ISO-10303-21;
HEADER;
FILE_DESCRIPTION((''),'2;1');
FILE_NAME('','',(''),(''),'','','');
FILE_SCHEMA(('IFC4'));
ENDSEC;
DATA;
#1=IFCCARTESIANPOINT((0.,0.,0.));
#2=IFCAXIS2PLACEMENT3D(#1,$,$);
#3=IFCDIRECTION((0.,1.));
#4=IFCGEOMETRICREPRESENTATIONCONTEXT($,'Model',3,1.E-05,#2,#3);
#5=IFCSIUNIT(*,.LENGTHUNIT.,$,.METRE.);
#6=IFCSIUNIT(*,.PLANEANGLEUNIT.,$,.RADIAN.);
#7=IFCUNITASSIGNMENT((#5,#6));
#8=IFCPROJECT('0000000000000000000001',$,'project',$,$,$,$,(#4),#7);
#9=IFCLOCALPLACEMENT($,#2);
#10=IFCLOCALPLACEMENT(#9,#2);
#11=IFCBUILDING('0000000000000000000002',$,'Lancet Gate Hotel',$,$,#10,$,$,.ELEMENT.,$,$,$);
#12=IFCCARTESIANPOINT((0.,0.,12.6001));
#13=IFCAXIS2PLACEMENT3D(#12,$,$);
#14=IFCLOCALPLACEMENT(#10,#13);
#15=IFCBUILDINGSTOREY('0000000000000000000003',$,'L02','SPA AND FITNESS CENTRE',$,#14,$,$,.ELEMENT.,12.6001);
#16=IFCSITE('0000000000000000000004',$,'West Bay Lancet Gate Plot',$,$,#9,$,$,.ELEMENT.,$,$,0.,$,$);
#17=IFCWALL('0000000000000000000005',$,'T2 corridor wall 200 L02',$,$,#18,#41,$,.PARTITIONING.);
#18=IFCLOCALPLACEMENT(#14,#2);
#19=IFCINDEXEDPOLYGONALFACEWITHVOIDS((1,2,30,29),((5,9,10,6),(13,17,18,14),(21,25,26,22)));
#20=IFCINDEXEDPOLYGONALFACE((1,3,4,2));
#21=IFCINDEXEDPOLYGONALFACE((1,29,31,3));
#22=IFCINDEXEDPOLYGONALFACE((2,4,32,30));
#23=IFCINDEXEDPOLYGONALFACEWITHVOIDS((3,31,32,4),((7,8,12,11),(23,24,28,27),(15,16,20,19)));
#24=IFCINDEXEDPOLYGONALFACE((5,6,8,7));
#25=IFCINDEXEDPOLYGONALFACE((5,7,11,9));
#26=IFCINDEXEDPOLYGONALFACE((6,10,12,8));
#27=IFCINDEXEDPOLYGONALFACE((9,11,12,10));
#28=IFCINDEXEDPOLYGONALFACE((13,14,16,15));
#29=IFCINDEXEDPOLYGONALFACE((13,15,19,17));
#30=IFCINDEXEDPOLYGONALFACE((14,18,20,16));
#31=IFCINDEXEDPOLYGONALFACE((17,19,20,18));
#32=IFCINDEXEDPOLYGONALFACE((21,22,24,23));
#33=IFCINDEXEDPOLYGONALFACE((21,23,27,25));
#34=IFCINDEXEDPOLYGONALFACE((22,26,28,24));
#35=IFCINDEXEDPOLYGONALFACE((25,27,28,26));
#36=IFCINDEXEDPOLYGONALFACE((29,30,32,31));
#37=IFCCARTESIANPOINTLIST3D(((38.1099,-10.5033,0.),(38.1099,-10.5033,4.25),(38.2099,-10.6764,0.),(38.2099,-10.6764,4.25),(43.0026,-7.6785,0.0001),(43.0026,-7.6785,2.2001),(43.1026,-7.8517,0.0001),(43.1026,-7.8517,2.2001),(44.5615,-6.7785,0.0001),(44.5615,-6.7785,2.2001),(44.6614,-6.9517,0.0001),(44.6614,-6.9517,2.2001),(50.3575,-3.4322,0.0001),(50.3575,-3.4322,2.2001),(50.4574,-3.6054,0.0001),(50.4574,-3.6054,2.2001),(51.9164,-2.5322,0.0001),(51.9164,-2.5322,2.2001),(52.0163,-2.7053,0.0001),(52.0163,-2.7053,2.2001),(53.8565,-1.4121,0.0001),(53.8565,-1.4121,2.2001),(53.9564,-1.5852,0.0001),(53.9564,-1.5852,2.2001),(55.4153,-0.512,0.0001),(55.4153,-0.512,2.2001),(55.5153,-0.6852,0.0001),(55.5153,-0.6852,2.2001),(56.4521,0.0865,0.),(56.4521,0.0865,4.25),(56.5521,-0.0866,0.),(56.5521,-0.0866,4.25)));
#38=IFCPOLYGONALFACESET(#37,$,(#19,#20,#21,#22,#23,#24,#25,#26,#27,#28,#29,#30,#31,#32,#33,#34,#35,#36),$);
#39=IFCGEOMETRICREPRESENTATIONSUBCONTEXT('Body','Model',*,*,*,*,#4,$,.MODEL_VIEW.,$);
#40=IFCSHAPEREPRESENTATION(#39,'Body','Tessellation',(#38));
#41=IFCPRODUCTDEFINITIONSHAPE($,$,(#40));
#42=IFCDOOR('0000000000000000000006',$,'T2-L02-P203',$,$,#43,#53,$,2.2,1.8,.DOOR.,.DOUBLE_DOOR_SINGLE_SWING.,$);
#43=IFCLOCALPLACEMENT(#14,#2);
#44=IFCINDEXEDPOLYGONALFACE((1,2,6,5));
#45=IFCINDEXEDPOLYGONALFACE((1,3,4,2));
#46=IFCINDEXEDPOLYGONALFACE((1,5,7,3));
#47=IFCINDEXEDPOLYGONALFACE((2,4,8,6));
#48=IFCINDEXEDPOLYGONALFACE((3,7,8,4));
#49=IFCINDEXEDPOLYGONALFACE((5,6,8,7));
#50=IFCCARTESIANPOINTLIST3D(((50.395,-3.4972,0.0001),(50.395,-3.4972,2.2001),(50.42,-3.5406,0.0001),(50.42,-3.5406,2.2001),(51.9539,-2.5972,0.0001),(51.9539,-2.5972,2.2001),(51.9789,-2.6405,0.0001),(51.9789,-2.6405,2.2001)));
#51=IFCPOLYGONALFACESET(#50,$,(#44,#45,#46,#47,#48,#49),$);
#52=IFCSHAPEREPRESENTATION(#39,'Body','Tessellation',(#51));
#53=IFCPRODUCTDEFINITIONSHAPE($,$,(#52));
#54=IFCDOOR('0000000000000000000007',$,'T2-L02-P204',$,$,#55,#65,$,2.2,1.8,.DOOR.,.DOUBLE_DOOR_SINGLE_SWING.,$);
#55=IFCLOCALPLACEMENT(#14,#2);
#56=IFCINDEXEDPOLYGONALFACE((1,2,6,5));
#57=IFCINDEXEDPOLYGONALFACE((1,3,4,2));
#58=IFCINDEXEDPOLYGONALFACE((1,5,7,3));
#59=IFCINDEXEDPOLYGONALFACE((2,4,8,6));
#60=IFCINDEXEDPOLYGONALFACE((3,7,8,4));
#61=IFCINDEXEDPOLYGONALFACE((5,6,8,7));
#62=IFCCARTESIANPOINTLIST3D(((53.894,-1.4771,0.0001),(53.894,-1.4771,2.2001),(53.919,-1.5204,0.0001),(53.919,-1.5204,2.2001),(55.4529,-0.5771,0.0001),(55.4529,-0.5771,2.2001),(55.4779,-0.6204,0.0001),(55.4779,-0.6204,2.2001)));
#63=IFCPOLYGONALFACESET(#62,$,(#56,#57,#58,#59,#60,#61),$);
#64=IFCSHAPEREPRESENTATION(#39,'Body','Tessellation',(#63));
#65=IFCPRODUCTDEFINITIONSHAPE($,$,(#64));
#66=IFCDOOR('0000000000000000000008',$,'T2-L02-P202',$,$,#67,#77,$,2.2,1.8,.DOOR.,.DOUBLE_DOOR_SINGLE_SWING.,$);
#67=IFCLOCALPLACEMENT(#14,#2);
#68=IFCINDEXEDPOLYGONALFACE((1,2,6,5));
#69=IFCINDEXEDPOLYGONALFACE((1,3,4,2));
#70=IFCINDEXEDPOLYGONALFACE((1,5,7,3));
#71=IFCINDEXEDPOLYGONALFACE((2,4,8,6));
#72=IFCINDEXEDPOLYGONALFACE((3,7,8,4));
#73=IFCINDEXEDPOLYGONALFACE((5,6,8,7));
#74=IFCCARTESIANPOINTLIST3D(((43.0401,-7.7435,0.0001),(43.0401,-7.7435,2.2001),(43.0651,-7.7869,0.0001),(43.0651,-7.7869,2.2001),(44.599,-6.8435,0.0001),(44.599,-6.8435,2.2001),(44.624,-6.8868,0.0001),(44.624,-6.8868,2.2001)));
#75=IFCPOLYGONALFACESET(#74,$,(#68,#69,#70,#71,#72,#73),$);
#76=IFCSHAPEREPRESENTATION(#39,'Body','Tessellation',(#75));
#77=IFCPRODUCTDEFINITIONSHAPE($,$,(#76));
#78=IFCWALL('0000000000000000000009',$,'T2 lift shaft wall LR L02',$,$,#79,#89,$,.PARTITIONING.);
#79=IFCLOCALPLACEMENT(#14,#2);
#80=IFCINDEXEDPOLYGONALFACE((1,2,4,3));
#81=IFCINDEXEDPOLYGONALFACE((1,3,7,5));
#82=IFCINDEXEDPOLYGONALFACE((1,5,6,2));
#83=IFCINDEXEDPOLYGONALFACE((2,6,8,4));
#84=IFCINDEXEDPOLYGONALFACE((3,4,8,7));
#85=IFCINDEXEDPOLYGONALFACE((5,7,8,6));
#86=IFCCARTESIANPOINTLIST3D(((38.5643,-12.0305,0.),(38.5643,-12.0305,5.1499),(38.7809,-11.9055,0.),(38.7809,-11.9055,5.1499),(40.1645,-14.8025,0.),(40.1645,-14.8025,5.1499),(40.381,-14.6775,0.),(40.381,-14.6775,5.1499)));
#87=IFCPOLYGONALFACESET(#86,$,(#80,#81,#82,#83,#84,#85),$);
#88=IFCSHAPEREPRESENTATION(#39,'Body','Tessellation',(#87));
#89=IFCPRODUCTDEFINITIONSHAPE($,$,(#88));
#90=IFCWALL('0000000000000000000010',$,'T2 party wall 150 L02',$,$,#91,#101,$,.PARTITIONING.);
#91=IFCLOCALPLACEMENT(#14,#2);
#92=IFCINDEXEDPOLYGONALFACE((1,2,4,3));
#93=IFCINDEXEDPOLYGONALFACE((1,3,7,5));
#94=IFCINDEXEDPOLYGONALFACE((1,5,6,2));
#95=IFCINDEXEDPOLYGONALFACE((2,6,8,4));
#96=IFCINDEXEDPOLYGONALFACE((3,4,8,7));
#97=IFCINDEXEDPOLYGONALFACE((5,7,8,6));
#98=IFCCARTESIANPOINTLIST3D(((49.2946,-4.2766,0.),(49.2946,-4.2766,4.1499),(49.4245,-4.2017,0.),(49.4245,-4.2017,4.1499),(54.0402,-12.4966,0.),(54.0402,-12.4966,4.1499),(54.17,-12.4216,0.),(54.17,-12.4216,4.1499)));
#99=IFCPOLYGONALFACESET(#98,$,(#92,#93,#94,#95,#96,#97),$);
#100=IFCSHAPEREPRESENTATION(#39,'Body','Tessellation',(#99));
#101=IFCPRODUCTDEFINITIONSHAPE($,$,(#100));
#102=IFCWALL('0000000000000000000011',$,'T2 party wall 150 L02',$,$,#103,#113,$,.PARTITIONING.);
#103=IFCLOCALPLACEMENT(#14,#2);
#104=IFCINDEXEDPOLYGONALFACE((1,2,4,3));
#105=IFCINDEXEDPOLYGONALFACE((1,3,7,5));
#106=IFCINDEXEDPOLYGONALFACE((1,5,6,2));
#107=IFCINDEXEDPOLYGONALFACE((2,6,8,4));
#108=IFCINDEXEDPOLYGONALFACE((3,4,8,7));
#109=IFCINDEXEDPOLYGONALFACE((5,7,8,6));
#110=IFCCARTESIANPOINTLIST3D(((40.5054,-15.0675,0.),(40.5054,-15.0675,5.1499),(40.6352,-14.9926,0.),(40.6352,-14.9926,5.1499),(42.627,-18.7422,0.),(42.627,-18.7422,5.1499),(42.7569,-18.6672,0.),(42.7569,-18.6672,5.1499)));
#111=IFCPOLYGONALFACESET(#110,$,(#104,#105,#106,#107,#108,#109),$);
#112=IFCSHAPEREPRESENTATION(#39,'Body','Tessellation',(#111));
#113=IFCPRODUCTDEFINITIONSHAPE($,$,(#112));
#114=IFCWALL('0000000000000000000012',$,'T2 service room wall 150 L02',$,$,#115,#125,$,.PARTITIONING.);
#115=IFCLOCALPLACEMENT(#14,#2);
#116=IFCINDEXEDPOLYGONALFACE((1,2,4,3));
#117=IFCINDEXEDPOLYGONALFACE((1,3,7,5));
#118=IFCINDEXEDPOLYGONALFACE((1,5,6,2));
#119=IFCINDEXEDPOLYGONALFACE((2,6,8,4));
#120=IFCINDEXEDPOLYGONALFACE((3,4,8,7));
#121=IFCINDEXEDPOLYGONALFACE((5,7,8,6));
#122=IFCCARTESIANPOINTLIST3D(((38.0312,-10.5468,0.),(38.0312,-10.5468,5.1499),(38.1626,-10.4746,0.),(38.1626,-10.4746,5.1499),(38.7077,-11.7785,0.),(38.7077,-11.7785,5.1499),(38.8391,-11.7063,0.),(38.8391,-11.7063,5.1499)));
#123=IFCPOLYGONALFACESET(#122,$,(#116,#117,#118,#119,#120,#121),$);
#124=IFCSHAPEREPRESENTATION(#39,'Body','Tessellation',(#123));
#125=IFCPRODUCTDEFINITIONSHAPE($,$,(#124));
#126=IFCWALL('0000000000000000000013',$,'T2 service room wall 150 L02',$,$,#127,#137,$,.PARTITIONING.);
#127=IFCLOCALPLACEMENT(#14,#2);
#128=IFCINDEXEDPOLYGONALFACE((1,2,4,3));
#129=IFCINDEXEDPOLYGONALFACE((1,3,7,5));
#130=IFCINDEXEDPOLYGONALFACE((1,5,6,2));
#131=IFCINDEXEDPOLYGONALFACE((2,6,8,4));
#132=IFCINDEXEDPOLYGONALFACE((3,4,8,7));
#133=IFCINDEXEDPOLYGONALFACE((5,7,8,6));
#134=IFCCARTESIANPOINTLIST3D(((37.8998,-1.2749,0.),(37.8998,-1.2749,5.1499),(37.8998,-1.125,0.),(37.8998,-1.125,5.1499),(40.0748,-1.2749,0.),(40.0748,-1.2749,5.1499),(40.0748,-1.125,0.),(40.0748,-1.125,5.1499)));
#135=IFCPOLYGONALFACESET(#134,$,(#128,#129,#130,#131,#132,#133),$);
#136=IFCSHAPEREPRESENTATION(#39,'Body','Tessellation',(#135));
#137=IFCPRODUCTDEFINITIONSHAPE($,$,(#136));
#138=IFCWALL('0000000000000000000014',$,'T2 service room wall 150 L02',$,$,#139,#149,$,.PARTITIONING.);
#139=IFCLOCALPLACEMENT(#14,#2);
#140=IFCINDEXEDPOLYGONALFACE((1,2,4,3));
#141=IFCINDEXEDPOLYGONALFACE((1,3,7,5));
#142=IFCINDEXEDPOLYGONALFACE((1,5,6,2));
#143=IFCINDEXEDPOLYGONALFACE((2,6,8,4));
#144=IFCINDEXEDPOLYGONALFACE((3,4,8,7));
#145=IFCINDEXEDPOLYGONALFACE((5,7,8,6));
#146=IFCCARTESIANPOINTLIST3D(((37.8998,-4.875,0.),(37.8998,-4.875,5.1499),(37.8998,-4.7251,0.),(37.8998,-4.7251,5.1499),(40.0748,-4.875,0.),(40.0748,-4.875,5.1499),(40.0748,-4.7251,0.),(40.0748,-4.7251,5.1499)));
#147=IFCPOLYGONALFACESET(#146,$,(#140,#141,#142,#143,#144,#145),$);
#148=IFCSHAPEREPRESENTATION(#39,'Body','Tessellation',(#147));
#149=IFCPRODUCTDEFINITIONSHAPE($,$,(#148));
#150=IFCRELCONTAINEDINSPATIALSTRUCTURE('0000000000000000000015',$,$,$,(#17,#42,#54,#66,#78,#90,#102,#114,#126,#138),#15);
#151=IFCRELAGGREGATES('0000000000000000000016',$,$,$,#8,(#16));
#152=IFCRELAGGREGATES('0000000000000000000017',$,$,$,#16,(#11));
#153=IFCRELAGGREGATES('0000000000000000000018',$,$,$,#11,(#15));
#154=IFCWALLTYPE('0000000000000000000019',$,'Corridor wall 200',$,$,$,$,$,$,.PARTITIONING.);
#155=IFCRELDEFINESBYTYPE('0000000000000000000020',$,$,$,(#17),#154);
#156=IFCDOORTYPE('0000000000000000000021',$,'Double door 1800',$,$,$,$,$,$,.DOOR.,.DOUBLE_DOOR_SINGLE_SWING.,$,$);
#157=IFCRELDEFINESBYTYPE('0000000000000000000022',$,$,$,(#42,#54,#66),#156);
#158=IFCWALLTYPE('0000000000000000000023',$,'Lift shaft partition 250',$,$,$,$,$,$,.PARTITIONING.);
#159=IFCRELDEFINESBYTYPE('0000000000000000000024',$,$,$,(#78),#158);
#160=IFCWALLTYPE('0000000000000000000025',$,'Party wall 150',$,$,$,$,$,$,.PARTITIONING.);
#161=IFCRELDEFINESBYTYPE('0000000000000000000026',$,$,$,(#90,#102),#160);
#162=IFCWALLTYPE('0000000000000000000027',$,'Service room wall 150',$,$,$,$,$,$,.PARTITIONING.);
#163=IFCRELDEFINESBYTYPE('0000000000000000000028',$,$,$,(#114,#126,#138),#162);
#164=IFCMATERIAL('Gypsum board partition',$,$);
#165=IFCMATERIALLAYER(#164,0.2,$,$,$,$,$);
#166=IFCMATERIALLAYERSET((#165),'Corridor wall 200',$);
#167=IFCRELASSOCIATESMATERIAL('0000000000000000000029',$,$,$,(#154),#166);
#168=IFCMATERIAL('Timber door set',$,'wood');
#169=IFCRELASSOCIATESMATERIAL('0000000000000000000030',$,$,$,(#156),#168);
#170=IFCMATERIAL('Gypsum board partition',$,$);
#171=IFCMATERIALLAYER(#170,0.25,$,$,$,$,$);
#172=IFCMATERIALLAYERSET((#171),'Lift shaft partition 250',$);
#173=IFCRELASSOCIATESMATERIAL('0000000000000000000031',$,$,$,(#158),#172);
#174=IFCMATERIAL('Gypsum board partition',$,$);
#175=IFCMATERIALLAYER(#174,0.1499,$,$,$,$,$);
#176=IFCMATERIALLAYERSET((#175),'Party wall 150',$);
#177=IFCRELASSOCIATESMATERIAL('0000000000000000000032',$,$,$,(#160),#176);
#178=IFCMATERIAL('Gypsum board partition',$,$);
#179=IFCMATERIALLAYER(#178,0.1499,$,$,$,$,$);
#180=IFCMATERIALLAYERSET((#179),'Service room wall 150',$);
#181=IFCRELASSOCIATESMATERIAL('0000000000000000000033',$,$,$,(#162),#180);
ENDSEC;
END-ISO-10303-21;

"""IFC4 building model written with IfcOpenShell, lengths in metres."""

from ifc_helpers import new_model, si_unit, direction, frame, frame_2d, origin, place, context, subcontext, project, spatial, rectangle, extrude, material, layer, layer_set, type_object, element, fill, save


model = new_model("IFC4")

# Units and contexts
model_context = context("Model", 3, precision=1e-05, world=origin(), true_north=direction((0.0, 1.0)))
body_context = subcontext(model_context, "Body", "Model", "MODEL_VIEW")
ifc_project = project(units=[si_unit("LENGTHUNIT", "METRE"), si_unit("PLANEANGLEUNIT", "RADIAN")], contexts=[model_context])

# Site, building, storey
site_placement = place(None, origin())
site = spatial("IfcSite", under=ifc_project, at=site_placement, Name="West Bay Lancet Gate Plot", CompositionType="ELEMENT", RefElevation=0.0)
building_placement = place(site_placement, origin())
building = spatial("IfcBuilding", under=site, at=building_placement, Name="Lancet Gate Hotel", CompositionType="ELEMENT")
storey_placement = place(building_placement, frame((0.0, 0.0, 12.6001)))
storey = spatial("IfcBuildingStorey", under=building, at=storey_placement, Name="L02", Description="SPA AND FITNESS CENTRE", CompositionType="ELEMENT", Elevation=12.6001)

# Wall, openings, doors
ifc_material_1 = material(Name="Gypsum board partition")
ifc_layer_1 = layer(ifc_material_1, 0.2)
ifc_layer_set_1 = layer_set([ifc_layer_1], Name="Corridor wall 200")
wall_type_1 = type_object("IfcWallType", Name="Corridor wall 200", PredefinedType="PARTITIONING", material=ifc_layer_set_1)
wall_1_placement = place(storey_placement, frame((38.1599, -10.5898, 0.0), z_axis=(0.0, 0.0, 1.0), x_axis=(0.866027, 0.499997, 0.0)))
wall_1 = element("IfcWall", 1, at=wall_1_placement, inside=storey, type_object=wall_type_1, Name="T2 corridor wall 200 L02", PredefinedType="PARTITIONING", context=body_context, shape_type="SweptSolid", body=[
    extrude(rectangle(XDim=21.1797, YDim=0.2, at=frame_2d((10.5898, 0.0))), origin(), (0.0, 0.0, 1.0), 4.25),
])
opening_1_placement = place(wall_1_placement, frame((14.1423, 0.0, 0.0)))
opening_1 = element("IfcOpeningElement", 2, at=opening_1_placement, cuts=wall_1, PredefinedType="OPENING", context=body_context, shape_type="SweptSolid", body=[
    extrude(rectangle(XDim=1.8, YDim=2.2, at=frame_2d((0.8999, 1.1001))), frame((0.0, 0.1099, 0.0), z_axis=(0.0, -1.0, 0.0), x_axis=(1.0, 0.0, 0.0)), (0.0, 0.0, 1.0), 0.22),
])
opening_2_placement = place(wall_1_placement, frame((18.1826, 0.0, 0.0)))
opening_2 = element("IfcOpeningElement", 3, at=opening_2_placement, cuts=wall_1, PredefinedType="OPENING", context=body_context, shape_type="SweptSolid", body=[
    extrude(rectangle(XDim=1.8, YDim=2.2, at=frame_2d((0.8999, 1.1001))), frame((0.0, 0.1099, 0.0), z_axis=(0.0, -1.0, 0.0), x_axis=(1.0, 0.0, 0.0)), (0.0, 0.0, 1.0), 0.22),
])
opening_3_placement = place(wall_1_placement, frame((5.6497, 0.0, 0.0)))
opening_3 = element("IfcOpeningElement", 4, at=opening_3_placement, cuts=wall_1, PredefinedType="OPENING", context=body_context, shape_type="SweptSolid", body=[
    extrude(rectangle(XDim=1.8, YDim=2.2, at=frame_2d((0.8999, 1.1001))), frame((0.0, 0.1099, 0.0), z_axis=(0.0, -1.0, 0.0), x_axis=(1.0, 0.0, 0.0)), (0.0, 0.0, 1.0), 0.22),
])
ifc_material_2 = material(Name="Timber door set", Category="wood")
door_type_1 = type_object("IfcDoorType", Name="Double door 1800", OperationType="DOUBLE_DOOR_SINGLE_SWING", PredefinedType="DOOR", material=ifc_material_2)
door_1_placement = place(opening_1_placement, origin())
door_1 = element("IfcDoor", 5, at=door_1_placement, inside=storey, type_object=door_type_1, Name="T2-L02-P203", OperationType="DOUBLE_DOOR_SINGLE_SWING", OverallHeight=2.2, OverallWidth=1.8, PredefinedType="DOOR", context=body_context, shape_type="SweptSolid", body=[
    extrude(rectangle(XDim=1.8, YDim=2.2, at=frame_2d((0.8999, 1.1001))), frame((0.0, 0.0249, 0.0), z_axis=(0.0, -1.0, 0.0), x_axis=(1.0, 0.0, 0.0)), (0.0, 0.0, 1.0), 0.05),
])
fill(opening_1, door_1)
door_2_placement = place(opening_2_placement, origin())
door_2 = element("IfcDoor", 6, at=door_2_placement, inside=storey, type_object=door_type_1, Name="T2-L02-P204", OperationType="DOUBLE_DOOR_SINGLE_SWING", OverallHeight=2.2, OverallWidth=1.8, PredefinedType="DOOR", context=body_context, shape_type="SweptSolid", body=[
    extrude(rectangle(XDim=1.8, YDim=2.2, at=frame_2d((0.8999, 1.1001))), frame((0.0, 0.0249, 0.0), z_axis=(0.0, -1.0, 0.0), x_axis=(1.0, 0.0, 0.0)), (0.0, 0.0, 1.0), 0.05),
])
fill(opening_2, door_2)
door_3_placement = place(opening_3_placement, origin())
door_3 = element("IfcDoor", 7, at=door_3_placement, inside=storey, type_object=door_type_1, Name="T2-L02-P202", OperationType="DOUBLE_DOOR_SINGLE_SWING", OverallHeight=2.2, OverallWidth=1.8, PredefinedType="DOOR", context=body_context, shape_type="SweptSolid", body=[
    extrude(rectangle(XDim=1.8, YDim=2.2, at=frame_2d((0.8999, 1.1001))), frame((0.0, 0.0249, 0.0), z_axis=(0.0, -1.0, 0.0), x_axis=(1.0, 0.0, 0.0)), (0.0, 0.0, 1.0), 0.05),
])
fill(opening_3, door_3)

# Walls
ifc_material_3 = material(Name="Gypsum board partition")
ifc_layer_2 = layer(ifc_material_3, 0.25)
ifc_layer_set_2 = layer_set([ifc_layer_2], Name="Lift shaft partition 250")
wall_type_2 = type_object("IfcWallType", Name="Lift shaft partition 250", PredefinedType="PARTITIONING", material=ifc_layer_set_2)
wall_2_placement = place(storey_placement, frame((38.6726, -11.968, 0.0), z_axis=(0.0, 0.0, 1.0), x_axis=(0.499929, -0.866066, 0.0)))
element("IfcWall", 8, at=wall_2_placement, inside=storey, type_object=wall_type_2, Name="T2 lift shaft wall LR L02", PredefinedType="PARTITIONING", context=body_context, shape_type="SweptSolid", body=[
    extrude(rectangle(XDim=3.2007, YDim=0.25, at=frame_2d((1.6003, 0.0))), origin(), (0.0, 0.0, 1.0), 5.1499),
])
ifc_material_4 = material(Name="Gypsum board partition")
ifc_layer_3 = layer(ifc_material_4, 0.1499)
ifc_layer_set_3 = layer_set([ifc_layer_3], Name="Party wall 150")
wall_type_3 = type_object("IfcWallType", Name="Party wall 150", PredefinedType="PARTITIONING", material=ifc_layer_set_3)
wall_3_placement = place(storey_placement, frame((49.3596, -4.2393, 0.0), z_axis=(0.0, 0.0, 1.0), x_axis=(0.499984, -0.866034, 0.0)))
element("IfcWall", 9, at=wall_3_placement, inside=storey, type_object=wall_type_3, Name="T2 party wall 150 L02", PredefinedType="PARTITIONING", context=body_context, shape_type="SweptSolid", body=[
    extrude(rectangle(XDim=9.4915, YDim=0.1499, at=frame_2d((4.7456, 0.0))), origin(), (0.0, 0.0, 1.0), 4.1499),
])
wall_4_placement = place(storey_placement, frame((40.5703, -15.03, 0.0), z_axis=(0.0, 0.0, 1.0), x_axis=(0.500013, -0.866018, 0.0)))
element("IfcWall", 10, at=wall_4_placement, inside=storey, type_object=wall_type_3, Name="T2 party wall 150 L02", PredefinedType="PARTITIONING", context=body_context, shape_type="SweptSolid", body=[
    extrude(rectangle(XDim=4.2432, YDim=0.1499, at=frame_2d((2.1216, 0.0))), origin(), (0.0, 0.0, 1.0), 5.1499),
])
ifc_material_5 = material(Name="Gypsum board partition")
ifc_layer_4 = layer(ifc_material_5, 0.1499)
ifc_layer_set_4 = layer_set([ifc_layer_4], Name="Service room wall 150")
wall_type_4 = type_object("IfcWallType", Name="Service room wall 150", PredefinedType="PARTITIONING", material=ifc_layer_set_4)
wall_5_placement = place(storey_placement, frame((38.7734, -11.7424, 0.0), z_axis=(0.0, 0.0, 1.0), x_axis=(-0.481418, 0.876491, 0.0)))
element("IfcWall", 11, at=wall_5_placement, inside=storey, type_object=wall_type_4, Name="T2 service room wall 150 L02", PredefinedType="PARTITIONING", context=body_context, shape_type="SweptSolid", body=[
    extrude(rectangle(XDim=1.4053, YDim=0.1499, at=frame_2d((0.7026, 0.0))), origin(), (0.0, 0.0, 1.0), 5.1499),
])
for number, where, z_axis, x_axis, name in (
    (12, (37.8999, -1.2, 0.0), (0.0, 0.0, 1.0), (1.0, 0.0, 0.0), "T2 service room wall 150 L02"),
    (13, (37.8999, -4.8, 0.0), (0.0, 0.0, 1.0), (1.0, 0.0, 0.0), "T2 service room wall 150 L02"),
):
    element("IfcWall", number, at=place(storey_placement, frame(where, z_axis=z_axis, x_axis=x_axis)), inside=storey, type_object=wall_type_4, Name=name, PredefinedType="PARTITIONING", context=body_context, shape_type="SweptSolid", body=[
        extrude(rectangle(XDim=2.175, YDim=0.1499, at=frame_2d((1.0874, 0.0))), origin(), (0.0, 0.0, 1.0), 5.1499),
    ])

save(model, "model.ifc")
